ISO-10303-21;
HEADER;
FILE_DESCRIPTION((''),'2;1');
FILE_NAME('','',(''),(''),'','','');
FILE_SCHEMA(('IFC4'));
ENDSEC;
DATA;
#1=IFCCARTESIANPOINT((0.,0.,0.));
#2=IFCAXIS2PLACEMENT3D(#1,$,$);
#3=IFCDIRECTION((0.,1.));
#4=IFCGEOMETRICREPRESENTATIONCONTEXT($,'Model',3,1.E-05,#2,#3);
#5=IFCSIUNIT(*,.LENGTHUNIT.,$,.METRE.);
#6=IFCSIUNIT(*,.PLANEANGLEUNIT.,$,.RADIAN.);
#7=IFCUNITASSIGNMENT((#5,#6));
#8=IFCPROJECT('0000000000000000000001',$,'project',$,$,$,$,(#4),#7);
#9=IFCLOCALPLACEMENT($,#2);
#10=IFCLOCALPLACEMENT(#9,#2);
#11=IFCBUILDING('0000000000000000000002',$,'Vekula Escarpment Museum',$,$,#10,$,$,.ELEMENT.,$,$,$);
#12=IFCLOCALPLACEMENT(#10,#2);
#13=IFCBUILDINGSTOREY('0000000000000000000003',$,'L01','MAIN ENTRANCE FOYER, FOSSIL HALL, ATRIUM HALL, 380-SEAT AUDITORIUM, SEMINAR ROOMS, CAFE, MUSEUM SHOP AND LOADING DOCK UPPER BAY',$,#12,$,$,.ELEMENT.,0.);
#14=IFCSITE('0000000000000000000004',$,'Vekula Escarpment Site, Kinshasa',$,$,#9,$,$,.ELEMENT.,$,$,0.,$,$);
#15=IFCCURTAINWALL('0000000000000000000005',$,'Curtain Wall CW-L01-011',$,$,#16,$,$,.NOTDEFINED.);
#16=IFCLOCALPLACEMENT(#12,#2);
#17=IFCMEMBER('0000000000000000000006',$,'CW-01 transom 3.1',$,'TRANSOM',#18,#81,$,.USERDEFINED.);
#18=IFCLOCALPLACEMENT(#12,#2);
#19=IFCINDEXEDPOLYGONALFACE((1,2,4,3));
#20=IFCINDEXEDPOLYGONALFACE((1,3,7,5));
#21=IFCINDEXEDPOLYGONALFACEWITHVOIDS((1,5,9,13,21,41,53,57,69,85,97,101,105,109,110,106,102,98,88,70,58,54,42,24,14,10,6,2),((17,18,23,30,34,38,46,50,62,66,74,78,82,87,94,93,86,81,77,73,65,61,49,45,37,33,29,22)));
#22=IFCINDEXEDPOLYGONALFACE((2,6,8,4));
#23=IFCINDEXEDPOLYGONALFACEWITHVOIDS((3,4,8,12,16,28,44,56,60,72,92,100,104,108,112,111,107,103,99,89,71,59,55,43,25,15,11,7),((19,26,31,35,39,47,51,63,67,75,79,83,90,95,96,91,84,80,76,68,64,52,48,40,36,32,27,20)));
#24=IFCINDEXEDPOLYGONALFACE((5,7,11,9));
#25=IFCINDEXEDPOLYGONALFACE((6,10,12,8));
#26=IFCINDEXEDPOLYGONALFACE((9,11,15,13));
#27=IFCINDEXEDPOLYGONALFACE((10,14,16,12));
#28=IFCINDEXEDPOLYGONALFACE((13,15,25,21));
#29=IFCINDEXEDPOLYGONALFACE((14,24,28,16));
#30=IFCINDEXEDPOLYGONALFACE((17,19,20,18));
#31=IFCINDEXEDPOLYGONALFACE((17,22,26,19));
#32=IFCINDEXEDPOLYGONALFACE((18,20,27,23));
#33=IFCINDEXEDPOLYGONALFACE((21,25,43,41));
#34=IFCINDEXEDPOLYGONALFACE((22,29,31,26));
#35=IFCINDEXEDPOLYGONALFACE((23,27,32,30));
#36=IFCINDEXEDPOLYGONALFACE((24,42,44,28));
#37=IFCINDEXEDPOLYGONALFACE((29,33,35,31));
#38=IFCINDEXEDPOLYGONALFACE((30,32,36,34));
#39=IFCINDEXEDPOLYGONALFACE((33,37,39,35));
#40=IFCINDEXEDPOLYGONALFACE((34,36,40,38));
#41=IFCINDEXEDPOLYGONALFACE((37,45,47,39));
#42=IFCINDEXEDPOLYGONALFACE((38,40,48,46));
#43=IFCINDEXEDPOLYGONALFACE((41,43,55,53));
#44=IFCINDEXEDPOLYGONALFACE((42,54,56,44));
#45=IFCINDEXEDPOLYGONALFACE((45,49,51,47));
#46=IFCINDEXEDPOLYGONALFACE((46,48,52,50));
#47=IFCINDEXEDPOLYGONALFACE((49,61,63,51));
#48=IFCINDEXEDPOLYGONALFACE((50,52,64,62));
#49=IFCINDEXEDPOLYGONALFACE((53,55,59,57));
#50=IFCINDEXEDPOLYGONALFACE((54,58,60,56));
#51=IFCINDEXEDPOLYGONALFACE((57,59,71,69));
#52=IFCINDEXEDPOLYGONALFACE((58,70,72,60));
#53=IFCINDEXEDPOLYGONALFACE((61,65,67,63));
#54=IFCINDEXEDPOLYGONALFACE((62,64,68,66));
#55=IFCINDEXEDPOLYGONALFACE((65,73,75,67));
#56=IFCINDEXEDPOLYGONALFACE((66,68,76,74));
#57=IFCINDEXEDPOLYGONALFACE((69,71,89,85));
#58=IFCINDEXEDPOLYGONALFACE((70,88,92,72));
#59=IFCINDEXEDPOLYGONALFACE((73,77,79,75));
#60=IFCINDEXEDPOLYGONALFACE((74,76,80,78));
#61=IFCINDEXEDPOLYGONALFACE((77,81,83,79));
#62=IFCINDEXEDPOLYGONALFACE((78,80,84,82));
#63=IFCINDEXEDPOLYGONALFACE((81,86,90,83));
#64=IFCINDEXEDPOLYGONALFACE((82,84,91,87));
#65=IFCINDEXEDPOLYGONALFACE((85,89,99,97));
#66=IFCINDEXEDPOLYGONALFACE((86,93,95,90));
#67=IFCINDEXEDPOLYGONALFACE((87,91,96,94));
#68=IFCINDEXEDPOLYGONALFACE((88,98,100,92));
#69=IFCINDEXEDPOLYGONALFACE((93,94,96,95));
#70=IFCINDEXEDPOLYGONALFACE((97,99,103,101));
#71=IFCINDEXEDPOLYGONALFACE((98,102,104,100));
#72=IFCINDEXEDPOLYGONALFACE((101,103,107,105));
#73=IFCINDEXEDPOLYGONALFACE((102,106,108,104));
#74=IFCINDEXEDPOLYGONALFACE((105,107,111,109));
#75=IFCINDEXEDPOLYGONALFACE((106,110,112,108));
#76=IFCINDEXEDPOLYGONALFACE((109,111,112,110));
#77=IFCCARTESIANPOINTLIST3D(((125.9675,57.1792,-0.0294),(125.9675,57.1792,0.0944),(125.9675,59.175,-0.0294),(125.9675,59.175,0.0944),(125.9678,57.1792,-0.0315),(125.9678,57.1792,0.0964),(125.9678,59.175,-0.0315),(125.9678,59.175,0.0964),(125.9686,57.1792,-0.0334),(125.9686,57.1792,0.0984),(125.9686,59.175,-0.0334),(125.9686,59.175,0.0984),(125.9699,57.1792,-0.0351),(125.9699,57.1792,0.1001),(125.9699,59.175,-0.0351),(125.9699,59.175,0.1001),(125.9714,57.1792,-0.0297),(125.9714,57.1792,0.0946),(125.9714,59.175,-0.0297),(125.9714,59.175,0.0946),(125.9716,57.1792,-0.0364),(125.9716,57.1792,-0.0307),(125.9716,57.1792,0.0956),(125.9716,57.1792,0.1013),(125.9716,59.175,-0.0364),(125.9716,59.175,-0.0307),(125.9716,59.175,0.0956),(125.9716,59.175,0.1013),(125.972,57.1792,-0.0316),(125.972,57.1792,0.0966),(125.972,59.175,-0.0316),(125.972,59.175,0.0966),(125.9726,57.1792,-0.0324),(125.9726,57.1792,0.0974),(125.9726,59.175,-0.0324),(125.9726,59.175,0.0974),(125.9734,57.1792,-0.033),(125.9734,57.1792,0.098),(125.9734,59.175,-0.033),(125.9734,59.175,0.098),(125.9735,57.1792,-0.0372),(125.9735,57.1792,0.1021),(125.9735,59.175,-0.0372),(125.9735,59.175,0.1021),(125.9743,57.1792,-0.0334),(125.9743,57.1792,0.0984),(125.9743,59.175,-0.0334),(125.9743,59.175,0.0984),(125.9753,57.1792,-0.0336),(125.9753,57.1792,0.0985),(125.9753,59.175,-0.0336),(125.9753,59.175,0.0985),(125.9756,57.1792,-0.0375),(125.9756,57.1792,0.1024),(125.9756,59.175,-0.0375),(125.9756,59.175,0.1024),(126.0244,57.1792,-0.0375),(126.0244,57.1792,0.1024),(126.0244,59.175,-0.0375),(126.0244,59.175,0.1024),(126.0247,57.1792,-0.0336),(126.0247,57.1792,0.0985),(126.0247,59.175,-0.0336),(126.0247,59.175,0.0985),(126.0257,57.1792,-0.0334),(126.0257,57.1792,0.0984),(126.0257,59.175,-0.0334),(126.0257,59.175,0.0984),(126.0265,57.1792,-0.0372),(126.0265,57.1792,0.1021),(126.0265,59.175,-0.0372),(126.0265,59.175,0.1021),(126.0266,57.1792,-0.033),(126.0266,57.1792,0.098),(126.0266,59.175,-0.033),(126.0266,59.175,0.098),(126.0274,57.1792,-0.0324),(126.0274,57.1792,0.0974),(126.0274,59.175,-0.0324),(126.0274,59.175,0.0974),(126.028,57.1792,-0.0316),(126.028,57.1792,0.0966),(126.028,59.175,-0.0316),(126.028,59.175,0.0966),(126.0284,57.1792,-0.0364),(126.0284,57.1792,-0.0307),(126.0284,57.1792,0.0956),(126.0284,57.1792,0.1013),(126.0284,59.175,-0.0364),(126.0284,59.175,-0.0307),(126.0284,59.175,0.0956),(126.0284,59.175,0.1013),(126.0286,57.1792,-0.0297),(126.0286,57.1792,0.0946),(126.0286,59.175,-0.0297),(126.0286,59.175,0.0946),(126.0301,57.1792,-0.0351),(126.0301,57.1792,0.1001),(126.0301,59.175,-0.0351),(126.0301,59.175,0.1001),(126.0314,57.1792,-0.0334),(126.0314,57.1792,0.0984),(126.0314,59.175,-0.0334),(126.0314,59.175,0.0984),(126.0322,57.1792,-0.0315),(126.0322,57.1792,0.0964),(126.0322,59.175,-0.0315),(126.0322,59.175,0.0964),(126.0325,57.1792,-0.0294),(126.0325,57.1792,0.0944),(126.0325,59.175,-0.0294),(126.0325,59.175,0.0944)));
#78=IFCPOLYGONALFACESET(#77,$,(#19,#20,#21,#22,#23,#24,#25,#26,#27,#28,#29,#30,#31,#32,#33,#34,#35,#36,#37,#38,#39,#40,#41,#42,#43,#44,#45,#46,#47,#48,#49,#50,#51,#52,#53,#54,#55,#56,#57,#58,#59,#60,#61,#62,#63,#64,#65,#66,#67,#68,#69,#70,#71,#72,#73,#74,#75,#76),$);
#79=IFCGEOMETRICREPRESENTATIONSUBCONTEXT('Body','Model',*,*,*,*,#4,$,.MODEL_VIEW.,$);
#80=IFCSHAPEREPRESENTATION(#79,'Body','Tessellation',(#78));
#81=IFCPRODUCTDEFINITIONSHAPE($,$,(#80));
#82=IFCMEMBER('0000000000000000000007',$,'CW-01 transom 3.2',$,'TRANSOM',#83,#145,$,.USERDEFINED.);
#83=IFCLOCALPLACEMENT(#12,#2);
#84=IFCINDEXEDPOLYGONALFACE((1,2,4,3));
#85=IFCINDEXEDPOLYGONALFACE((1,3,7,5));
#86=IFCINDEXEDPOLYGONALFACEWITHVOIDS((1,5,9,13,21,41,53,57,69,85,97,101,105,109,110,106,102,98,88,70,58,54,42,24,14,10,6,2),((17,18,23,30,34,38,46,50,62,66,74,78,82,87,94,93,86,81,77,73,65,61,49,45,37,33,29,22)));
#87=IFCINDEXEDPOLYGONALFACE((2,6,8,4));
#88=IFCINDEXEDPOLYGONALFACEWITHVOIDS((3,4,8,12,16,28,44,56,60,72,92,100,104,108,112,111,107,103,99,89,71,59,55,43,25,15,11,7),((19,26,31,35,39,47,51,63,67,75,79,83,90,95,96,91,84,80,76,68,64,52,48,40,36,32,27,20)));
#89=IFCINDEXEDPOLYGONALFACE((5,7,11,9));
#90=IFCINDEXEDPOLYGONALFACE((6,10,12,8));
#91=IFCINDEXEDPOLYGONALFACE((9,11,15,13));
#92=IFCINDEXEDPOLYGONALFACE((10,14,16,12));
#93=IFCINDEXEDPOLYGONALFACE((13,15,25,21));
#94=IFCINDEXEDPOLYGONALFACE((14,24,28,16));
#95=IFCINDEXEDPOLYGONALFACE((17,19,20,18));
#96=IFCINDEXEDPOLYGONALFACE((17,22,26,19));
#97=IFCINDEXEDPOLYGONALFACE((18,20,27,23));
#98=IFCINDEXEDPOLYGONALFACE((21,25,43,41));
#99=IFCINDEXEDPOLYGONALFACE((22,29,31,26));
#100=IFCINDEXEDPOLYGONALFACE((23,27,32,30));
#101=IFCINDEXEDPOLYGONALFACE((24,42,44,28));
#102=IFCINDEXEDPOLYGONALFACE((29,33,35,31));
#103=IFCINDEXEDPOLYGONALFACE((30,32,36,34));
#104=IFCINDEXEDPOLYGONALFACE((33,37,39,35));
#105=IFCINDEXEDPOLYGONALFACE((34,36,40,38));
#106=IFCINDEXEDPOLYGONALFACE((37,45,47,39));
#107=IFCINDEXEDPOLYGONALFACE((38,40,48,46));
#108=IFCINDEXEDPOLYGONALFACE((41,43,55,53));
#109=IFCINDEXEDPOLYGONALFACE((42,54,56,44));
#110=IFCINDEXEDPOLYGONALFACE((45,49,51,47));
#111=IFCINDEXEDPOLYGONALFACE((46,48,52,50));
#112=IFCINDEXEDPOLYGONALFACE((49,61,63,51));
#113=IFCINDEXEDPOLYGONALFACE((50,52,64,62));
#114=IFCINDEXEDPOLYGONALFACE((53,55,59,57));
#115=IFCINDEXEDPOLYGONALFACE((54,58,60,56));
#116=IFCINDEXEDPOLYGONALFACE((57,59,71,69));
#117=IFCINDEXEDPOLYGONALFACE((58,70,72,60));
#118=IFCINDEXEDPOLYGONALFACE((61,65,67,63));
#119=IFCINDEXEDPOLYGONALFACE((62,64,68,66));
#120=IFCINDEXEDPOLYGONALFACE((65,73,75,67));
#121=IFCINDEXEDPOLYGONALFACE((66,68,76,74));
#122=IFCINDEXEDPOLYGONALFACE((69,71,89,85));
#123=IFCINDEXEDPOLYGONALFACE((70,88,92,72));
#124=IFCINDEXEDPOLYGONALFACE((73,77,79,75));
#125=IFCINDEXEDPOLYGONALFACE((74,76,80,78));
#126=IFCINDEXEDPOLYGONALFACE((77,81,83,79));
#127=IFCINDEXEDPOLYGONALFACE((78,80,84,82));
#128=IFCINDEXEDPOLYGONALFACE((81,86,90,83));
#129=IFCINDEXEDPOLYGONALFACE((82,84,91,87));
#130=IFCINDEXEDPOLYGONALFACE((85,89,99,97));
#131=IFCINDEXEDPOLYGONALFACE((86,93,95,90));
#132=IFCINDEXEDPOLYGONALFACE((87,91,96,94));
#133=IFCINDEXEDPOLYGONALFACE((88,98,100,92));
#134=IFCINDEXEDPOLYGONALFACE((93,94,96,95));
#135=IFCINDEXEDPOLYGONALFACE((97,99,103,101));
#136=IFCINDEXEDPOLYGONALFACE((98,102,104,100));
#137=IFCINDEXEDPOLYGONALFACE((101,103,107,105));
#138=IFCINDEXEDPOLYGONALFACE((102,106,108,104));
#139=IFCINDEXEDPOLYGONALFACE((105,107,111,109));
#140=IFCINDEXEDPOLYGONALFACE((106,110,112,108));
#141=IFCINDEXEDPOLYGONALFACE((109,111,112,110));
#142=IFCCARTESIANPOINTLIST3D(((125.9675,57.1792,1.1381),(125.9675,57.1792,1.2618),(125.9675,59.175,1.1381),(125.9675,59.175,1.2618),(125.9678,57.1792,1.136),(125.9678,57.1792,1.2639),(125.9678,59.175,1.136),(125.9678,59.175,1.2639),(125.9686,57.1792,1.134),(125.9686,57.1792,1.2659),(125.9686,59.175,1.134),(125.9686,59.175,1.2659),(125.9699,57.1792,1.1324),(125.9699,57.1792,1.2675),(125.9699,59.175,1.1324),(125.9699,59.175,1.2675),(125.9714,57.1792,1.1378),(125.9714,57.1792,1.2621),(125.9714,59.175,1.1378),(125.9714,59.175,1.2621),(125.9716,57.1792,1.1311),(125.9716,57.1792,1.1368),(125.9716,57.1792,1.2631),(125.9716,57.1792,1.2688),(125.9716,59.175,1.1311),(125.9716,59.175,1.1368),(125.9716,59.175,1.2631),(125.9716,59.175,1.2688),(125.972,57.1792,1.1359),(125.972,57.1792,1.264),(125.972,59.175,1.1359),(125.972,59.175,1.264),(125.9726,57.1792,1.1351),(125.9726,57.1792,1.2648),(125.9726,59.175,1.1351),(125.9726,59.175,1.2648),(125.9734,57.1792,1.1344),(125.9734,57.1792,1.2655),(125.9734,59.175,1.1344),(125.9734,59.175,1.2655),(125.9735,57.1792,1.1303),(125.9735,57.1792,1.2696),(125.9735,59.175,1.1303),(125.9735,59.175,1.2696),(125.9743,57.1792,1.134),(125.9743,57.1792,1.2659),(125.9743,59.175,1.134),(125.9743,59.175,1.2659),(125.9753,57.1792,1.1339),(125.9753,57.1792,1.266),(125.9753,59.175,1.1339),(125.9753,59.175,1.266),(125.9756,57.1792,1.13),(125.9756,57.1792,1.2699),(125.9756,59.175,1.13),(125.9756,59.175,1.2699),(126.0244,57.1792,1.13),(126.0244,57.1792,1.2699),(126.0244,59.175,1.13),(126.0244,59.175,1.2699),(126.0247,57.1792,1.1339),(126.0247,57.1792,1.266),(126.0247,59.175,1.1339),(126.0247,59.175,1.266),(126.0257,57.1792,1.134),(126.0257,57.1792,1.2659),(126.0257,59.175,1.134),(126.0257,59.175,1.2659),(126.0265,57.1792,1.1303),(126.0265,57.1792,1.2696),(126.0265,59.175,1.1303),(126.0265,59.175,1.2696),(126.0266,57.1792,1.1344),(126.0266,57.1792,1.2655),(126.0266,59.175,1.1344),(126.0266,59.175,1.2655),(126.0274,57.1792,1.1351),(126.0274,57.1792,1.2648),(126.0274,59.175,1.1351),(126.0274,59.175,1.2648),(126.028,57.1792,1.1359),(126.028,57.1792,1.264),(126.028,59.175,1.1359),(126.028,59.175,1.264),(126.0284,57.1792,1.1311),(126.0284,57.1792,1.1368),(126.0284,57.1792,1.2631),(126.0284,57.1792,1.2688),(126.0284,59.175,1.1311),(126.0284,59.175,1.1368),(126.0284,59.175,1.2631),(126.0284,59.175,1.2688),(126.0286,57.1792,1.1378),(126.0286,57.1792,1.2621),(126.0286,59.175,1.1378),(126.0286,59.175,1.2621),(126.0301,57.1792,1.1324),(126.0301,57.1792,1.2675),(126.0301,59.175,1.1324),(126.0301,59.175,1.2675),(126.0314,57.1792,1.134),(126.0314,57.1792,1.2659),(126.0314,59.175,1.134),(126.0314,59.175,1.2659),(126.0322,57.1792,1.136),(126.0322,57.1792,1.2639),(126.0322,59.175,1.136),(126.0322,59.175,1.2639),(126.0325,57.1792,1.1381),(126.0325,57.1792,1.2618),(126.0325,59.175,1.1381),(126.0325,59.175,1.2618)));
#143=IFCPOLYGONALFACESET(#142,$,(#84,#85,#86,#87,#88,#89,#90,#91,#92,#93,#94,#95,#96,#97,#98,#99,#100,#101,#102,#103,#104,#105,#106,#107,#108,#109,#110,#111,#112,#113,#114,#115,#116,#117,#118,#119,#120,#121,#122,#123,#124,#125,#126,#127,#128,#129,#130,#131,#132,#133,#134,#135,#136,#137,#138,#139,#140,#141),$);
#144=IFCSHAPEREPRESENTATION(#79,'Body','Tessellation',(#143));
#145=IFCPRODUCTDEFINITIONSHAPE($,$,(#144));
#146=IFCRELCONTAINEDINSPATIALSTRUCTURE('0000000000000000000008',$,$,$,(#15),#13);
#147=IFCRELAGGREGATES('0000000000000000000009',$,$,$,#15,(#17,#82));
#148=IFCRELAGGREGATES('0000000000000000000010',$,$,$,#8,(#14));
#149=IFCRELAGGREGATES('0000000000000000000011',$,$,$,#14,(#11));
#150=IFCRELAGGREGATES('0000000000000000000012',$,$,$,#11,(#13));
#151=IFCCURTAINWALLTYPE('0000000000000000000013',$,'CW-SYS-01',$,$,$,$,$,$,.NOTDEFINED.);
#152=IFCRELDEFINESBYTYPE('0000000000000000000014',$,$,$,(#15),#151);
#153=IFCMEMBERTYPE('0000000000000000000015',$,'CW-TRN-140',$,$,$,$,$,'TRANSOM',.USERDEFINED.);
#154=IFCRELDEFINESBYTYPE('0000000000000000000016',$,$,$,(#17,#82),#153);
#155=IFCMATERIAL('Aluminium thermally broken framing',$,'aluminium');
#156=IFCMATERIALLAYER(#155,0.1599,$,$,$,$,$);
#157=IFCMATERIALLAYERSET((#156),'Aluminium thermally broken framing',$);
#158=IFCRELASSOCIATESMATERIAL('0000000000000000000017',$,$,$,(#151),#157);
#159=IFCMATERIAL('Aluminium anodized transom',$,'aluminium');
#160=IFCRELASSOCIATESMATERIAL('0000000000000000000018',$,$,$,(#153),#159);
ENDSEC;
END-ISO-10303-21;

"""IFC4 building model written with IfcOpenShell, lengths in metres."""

from ifc_helpers import new_model, si_unit, direction, frame, origin, origin_2d, place, context, subcontext, project, spatial, hollow_rectangle, extrude, material, layer, layer_set, material_profile, profile_set, type_object, element, aggregate, save


model = new_model("IFC4")

# Units and contexts
model_context = context("Model", 3, precision=1e-05, world=origin(), true_north=direction((0.0, 1.0)))
body_context = subcontext(model_context, "Body", "Model", "MODEL_VIEW")
ifc_project = project(units=[si_unit("LENGTHUNIT", "METRE"), si_unit("PLANEANGLEUNIT", "RADIAN")], contexts=[model_context])

# Site, building, storey
site_placement = place(None, origin())
site = spatial("IfcSite", under=ifc_project, at=site_placement, Name="Vekula Escarpment Site, Kinshasa", CompositionType="ELEMENT", RefElevation=0.0)
building_placement = place(site_placement, origin())
building = spatial("IfcBuilding", under=site, at=building_placement, Name="Vekula Escarpment Museum", CompositionType="ELEMENT")
storey_placement = place(building_placement, origin())
storey = spatial("IfcBuildingStorey", under=building, at=storey_placement, Name="L01", Description="MAIN ENTRANCE FOYER, FOSSIL HALL, ATRIUM HALL, 380-SEAT AUDITORIUM, SEMINAR ROOMS, CAFE, MUSEUM SHOP AND LOADING DOCK UPPER BAY", CompositionType="ELEMENT", Elevation=0.0)

# Curtain wall, members
ifc_material_1 = material(Name="Aluminium thermally broken framing", Category="aluminium")
ifc_layer_1 = layer(ifc_material_1, 0.1599)
ifc_layer_set_1 = layer_set([ifc_layer_1], Name="Aluminium thermally broken framing")
curtain_wall_type = type_object("IfcCurtainWallType", Name="CW-SYS-01", PredefinedType="NOTDEFINED", material=ifc_layer_set_1)
curtain_wall_placement = place(storey_placement, origin())
curtain_wall = element("IfcCurtainWall", 1, at=curtain_wall_placement, inside=storey, type_object=curtain_wall_type, Name="Curtain Wall CW-L01-011", PredefinedType="NOTDEFINED")
ifc_material_2 = material(Name="Aluminium anodized transom", Category="aluminium")
ifc_material_profile_1 = material_profile(ifc_material_2, hollow_rectangle(XDim=0.0649, YDim=0.1399, WallThickness=0.0039, InnerFilletRadius=0.0039, OuterFilletRadius=0.0081, at=origin_2d()), Name="ALU 140x65x4")
ifc_profile_set_1 = profile_set([ifc_material_profile_1], Name="Aluminium anodized transom")
member_type_1 = type_object("IfcMemberType", Name="CW-TRN-140", ElementType="TRANSOM", PredefinedType="USERDEFINED", material=ifc_profile_set_1)
member_1_placement = place(storey_placement, frame((126.0, 57.1792, 0.0325), z_axis=(0.0, 1.0, 0.0), x_axis=(-1.0, 0.0, 0.0)))
member_1 = element("IfcMember", 2, at=member_1_placement, type_object=member_type_1, Name="CW-01 transom 3.1", ObjectType="TRANSOM", PredefinedType="USERDEFINED", context=body_context, shape_type="SweptSolid", body=[
    extrude(hollow_rectangle(XDim=0.0649, YDim=0.1399, WallThickness=0.0039, InnerFilletRadius=0.0039, OuterFilletRadius=0.0081, at=origin_2d()), origin(), (0.0, 0.0, 1.0), 1.9958),
])
member_2_placement = place(storey_placement, frame((126.0, 57.1792, 1.2), z_axis=(0.0, 1.0, 0.0), x_axis=(-1.0, 0.0, 0.0)))
member_2 = element("IfcMember", 3, at=member_2_placement, type_object=member_type_1, Name="CW-01 transom 3.2", ObjectType="TRANSOM", PredefinedType="USERDEFINED", context=body_context, shape_type="SweptSolid", body=[
    extrude(hollow_rectangle(XDim=0.0649, YDim=0.1399, WallThickness=0.0039, InnerFilletRadius=0.0039, OuterFilletRadius=0.0081, at=origin_2d()), origin(), (0.0, 0.0, 1.0), 1.9958),
])
aggregate(curtain_wall, [member_1, member_2])

save(model, "model.ifc")
